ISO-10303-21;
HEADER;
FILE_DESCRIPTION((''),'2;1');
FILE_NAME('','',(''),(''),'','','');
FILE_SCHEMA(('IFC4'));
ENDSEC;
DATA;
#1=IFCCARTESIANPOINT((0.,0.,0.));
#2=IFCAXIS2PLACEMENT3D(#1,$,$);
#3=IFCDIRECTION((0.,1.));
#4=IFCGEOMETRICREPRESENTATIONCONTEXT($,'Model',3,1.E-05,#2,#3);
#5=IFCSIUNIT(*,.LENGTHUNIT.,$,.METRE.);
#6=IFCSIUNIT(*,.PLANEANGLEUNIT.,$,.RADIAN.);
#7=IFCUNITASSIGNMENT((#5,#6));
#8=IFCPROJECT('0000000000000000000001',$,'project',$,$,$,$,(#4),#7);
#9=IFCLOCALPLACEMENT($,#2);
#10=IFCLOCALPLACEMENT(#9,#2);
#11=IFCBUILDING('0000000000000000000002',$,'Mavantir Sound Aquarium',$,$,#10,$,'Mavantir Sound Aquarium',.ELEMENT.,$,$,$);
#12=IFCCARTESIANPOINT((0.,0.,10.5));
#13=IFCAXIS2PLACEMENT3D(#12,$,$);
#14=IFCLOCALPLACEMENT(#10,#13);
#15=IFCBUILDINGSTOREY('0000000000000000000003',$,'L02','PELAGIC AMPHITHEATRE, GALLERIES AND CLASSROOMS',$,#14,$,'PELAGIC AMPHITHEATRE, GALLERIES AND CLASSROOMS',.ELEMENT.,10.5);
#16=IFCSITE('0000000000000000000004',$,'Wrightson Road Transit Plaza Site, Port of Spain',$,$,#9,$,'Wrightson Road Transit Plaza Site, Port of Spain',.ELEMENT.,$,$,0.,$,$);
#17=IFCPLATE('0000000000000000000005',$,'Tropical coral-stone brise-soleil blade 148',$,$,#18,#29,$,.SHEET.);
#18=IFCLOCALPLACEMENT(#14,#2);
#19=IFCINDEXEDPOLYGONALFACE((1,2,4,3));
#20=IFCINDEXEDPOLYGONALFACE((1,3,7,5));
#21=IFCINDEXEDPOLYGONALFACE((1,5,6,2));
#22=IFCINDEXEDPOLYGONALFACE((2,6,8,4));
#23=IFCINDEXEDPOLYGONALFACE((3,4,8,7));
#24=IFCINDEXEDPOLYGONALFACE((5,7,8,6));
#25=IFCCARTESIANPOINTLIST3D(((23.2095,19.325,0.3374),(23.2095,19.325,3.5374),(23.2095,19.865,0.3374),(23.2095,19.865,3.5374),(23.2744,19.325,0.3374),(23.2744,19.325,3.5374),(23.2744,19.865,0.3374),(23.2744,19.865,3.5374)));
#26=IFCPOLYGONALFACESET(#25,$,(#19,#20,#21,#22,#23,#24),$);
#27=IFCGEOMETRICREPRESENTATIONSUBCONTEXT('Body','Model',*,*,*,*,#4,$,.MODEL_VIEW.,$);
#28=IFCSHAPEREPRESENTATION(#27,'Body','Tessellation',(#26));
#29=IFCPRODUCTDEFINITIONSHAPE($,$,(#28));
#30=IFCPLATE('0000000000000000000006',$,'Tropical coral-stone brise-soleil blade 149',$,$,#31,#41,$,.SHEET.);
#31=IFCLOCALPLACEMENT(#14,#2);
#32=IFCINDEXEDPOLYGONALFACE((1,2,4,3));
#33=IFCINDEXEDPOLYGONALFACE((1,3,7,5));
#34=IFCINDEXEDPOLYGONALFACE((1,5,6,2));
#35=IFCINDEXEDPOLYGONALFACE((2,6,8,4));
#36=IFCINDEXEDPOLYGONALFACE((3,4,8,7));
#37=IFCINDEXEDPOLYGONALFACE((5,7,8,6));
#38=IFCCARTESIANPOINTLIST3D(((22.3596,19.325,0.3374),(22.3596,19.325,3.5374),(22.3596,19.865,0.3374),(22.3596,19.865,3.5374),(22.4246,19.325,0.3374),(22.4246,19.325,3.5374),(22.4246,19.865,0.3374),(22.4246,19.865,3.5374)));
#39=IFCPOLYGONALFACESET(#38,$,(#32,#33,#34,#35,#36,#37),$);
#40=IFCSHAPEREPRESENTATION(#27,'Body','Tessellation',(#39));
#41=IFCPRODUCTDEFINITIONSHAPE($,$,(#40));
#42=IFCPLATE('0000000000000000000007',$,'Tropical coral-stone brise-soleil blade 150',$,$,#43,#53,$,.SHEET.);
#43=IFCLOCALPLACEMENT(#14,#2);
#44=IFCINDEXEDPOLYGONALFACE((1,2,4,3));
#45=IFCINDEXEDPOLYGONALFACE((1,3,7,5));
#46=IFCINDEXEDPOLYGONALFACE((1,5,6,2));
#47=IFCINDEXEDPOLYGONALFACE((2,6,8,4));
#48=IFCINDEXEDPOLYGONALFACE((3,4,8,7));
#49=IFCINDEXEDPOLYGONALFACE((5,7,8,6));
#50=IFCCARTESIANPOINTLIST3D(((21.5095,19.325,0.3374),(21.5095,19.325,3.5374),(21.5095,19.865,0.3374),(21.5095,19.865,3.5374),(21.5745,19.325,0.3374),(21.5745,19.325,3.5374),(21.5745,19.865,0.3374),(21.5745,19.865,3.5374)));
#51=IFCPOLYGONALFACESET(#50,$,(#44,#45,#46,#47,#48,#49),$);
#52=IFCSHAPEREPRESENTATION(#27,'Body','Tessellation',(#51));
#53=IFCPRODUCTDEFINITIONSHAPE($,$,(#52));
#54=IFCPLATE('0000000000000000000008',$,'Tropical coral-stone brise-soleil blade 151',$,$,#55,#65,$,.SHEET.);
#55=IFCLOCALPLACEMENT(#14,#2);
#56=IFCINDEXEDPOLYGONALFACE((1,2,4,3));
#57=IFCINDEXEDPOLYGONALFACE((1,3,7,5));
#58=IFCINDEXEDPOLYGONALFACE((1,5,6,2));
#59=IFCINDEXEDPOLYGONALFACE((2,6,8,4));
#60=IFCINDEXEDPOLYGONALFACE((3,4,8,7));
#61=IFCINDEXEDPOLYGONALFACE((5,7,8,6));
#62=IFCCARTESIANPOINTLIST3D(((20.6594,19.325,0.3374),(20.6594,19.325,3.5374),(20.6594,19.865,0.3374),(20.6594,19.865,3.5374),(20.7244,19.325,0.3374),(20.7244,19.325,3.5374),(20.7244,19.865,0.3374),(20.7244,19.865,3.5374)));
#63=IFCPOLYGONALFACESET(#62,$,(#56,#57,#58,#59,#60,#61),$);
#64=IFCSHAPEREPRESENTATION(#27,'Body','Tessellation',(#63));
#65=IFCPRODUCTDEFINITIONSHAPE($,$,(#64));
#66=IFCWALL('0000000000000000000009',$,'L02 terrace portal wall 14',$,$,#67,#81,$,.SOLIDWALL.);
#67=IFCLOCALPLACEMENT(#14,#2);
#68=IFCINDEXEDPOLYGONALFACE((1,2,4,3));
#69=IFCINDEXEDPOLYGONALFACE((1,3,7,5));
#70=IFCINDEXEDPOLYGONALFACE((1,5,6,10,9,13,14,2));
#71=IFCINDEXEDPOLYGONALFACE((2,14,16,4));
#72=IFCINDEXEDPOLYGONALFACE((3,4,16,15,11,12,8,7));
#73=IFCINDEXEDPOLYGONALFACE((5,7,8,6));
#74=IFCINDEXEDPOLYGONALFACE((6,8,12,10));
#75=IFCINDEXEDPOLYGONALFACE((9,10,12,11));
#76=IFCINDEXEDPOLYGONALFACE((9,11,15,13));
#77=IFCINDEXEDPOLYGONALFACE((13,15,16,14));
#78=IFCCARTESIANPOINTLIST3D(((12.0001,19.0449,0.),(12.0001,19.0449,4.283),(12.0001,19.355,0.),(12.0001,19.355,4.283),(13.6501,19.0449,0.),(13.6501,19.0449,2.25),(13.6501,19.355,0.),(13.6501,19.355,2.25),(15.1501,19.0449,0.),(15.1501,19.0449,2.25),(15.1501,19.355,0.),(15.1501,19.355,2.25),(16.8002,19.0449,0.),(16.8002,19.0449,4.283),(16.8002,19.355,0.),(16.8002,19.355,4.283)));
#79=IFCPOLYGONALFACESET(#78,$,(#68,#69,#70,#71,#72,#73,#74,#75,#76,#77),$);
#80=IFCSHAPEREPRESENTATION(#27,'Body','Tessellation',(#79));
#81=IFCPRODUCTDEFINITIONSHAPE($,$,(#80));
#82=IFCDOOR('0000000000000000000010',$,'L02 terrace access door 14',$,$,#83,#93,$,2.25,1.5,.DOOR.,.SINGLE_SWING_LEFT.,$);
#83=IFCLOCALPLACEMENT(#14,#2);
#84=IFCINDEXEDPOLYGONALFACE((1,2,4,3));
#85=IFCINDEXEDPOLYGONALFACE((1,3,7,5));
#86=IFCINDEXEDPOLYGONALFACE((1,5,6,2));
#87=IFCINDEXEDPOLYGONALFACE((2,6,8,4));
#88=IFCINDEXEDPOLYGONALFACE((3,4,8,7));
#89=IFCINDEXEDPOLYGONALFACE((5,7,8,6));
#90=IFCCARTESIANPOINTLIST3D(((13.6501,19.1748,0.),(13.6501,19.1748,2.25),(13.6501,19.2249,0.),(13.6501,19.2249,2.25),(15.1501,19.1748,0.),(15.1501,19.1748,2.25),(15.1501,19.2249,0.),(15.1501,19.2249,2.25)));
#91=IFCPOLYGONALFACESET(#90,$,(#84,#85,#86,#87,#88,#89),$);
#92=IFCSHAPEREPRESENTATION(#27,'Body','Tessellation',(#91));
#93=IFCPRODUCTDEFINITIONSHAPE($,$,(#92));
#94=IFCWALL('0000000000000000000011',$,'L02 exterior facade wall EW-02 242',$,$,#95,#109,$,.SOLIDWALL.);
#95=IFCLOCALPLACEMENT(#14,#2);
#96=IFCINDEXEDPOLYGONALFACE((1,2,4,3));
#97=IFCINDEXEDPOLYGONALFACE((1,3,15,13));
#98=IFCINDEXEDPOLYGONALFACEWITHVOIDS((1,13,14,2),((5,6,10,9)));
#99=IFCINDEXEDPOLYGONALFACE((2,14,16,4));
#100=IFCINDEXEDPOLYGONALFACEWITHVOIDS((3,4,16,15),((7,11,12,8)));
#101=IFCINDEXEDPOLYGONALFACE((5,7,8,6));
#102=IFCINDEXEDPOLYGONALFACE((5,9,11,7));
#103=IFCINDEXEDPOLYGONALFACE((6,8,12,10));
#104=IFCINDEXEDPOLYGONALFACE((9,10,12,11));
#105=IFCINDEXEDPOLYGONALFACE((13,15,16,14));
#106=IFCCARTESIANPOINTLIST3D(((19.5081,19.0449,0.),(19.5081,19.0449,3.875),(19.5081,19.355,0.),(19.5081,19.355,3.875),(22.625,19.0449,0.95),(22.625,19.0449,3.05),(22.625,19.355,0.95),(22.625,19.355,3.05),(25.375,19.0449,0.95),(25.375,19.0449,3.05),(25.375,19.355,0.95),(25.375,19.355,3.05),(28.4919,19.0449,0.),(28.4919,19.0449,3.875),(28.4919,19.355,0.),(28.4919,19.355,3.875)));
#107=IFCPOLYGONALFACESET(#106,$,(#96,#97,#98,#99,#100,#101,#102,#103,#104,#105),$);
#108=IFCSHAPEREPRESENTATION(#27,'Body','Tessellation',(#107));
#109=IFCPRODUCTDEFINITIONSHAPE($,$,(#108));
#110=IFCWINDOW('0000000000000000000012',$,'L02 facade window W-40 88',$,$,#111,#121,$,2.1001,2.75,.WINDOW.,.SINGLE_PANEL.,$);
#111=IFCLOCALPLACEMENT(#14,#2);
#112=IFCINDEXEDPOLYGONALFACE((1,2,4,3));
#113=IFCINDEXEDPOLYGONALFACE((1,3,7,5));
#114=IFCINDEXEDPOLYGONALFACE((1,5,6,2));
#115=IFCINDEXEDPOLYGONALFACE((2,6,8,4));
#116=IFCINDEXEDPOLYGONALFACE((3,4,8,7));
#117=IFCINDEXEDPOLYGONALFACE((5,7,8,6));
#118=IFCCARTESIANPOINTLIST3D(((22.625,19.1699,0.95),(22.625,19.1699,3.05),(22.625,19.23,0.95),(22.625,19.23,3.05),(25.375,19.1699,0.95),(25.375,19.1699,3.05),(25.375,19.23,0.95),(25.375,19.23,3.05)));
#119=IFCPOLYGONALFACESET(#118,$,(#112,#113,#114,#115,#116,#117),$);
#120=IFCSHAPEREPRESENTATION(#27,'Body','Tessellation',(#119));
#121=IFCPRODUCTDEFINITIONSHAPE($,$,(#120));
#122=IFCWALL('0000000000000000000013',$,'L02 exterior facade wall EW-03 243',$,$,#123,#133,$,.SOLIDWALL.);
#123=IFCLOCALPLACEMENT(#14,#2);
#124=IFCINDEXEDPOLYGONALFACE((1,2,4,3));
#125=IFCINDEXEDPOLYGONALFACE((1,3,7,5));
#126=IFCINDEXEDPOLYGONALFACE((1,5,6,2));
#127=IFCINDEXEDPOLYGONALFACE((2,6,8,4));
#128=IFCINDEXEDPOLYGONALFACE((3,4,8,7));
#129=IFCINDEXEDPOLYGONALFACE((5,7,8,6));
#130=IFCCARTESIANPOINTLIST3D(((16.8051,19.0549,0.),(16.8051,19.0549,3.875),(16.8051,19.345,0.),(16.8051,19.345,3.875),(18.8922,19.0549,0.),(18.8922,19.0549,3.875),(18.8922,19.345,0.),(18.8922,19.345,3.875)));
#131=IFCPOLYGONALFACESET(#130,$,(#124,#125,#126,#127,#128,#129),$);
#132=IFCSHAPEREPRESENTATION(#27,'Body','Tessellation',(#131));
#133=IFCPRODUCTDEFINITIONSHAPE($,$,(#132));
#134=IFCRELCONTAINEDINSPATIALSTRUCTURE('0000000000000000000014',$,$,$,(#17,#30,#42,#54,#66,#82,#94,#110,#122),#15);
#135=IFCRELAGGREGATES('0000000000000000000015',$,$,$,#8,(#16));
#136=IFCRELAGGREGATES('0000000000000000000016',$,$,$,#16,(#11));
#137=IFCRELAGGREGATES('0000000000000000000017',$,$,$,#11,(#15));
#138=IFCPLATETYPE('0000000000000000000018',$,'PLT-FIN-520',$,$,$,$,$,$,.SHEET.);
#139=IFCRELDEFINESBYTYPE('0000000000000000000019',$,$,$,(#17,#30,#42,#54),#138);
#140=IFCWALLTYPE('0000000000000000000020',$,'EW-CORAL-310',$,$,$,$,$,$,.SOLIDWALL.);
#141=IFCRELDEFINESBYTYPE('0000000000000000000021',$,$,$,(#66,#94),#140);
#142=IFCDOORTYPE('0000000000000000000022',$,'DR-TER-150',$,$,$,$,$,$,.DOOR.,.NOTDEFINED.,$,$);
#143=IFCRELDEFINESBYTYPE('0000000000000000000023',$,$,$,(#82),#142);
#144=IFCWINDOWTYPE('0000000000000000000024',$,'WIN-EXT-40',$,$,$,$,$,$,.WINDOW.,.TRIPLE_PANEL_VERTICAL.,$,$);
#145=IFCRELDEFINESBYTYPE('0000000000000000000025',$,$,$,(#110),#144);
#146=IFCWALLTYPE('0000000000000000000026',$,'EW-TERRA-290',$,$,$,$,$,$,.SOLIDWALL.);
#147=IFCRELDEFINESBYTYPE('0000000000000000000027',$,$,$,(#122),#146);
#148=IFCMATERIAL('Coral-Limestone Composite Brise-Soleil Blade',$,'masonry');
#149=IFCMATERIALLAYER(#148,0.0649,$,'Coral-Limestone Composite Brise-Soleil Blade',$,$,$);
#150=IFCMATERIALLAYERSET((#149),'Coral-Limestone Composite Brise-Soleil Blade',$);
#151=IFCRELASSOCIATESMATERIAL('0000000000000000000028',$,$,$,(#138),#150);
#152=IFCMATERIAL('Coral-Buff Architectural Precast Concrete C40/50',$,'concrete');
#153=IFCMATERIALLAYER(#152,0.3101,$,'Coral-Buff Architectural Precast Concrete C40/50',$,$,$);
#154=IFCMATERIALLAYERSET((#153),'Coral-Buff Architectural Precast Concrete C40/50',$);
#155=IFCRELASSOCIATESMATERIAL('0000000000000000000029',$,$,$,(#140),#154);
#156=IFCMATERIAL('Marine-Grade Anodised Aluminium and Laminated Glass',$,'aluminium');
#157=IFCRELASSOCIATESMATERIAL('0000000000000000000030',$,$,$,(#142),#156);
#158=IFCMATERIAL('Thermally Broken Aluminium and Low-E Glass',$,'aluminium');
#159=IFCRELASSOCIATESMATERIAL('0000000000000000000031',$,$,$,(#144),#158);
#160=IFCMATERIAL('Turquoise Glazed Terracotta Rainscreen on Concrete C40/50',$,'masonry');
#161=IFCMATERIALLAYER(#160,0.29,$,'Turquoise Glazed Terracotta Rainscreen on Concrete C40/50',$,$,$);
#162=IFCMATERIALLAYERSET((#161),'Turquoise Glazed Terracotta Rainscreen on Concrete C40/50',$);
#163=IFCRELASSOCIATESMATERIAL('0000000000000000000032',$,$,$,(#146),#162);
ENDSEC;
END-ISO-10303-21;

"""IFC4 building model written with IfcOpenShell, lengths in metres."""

from ifc_helpers import new_model, si_unit, direction, frame, frame_2d, origin, origin_2d, place, context, subcontext, project, spatial, rectangle, extrude, material, layer, layer_set, type_object, element, fill, save


model = new_model("IFC4")

# Units and contexts
model_context = context("Model", 3, precision=1e-05, world=origin(), true_north=direction((0.0, 1.0)))
body_context = subcontext(model_context, "Body", "Model", "MODEL_VIEW")
ifc_project = project(units=[si_unit("LENGTHUNIT", "METRE"), si_unit("PLANEANGLEUNIT", "RADIAN")], contexts=[model_context])

# Site, building, storey
site_placement = place(None, origin())
site = spatial("IfcSite", under=ifc_project, at=site_placement, Name="Wrightson Road Transit Plaza Site, Port of Spain", LongName="Wrightson Road Transit Plaza Site, Port of Spain", CompositionType="ELEMENT", RefElevation=0.0)
building_placement = place(site_placement, origin())
building = spatial("IfcBuilding", under=site, at=building_placement, Name="Mavantir Sound Aquarium", LongName="Mavantir Sound Aquarium", CompositionType="ELEMENT")
storey_placement = place(building_placement, frame((0.0, 0.0, 10.5)))
storey = spatial("IfcBuildingStorey", under=building, at=storey_placement, Name="L02", Description="PELAGIC AMPHITHEATRE, GALLERIES AND CLASSROOMS", LongName="PELAGIC AMPHITHEATRE, GALLERIES AND CLASSROOMS", CompositionType="ELEMENT", Elevation=10.5)

# Plates
ifc_material_1 = material(Name="Coral-Limestone Composite Brise-Soleil Blade", Category="masonry")
ifc_layer_1 = layer(ifc_material_1, 0.0649, Name="Coral-Limestone Composite Brise-Soleil Blade")
ifc_layer_set_1 = layer_set([ifc_layer_1], Name="Coral-Limestone Composite Brise-Soleil Blade")
plate_type_1 = type_object("IfcPlateType", Name="PLT-FIN-520", PredefinedType="SHEET", material=ifc_layer_set_1)
for number, where, z_axis, x_axis, name in (
    (1, (23.2419, 19.595, 0.3374), (0.0, 0.0, 1.0), (1.0, 0.0, 0.0), "Tropical coral-stone brise-soleil blade 148"),
    (2, (22.3921, 19.595, 0.3374), (0.0, 0.0, 1.0), (1.0, 0.0, 0.0), "Tropical coral-stone brise-soleil blade 149"),
    (3, (21.542, 19.595, 0.3374), (0.0, 0.0, 1.0), (1.0, 0.0, 0.0), "Tropical coral-stone brise-soleil blade 150"),
    (4, (20.6919, 19.595, 0.3374), (0.0, 0.0, 1.0), (1.0, 0.0, 0.0), "Tropical coral-stone brise-soleil blade 151"),
):
    element("IfcPlate", number, at=place(storey_placement, frame(where, z_axis=z_axis, x_axis=x_axis)), inside=storey, type_object=plate_type_1, Name=name, PredefinedType="SHEET", context=body_context, shape_type="SweptSolid", body=[
        extrude(rectangle(XDim=0.0649, YDim=0.54, at=origin_2d()), origin(), (0.0, 0.0, 1.0), 3.2),
    ])

# Wall, opening, door
ifc_material_2 = material(Name="Coral-Buff Architectural Precast Concrete C40/50", Category="concrete")
ifc_layer_2 = layer(ifc_material_2, 0.3101, Name="Coral-Buff Architectural Precast Concrete C40/50")
ifc_layer_set_2 = layer_set([ifc_layer_2], Name="Coral-Buff Architectural Precast Concrete C40/50")
wall_type_1 = type_object("IfcWallType", Name="EW-CORAL-310", PredefinedType="SOLIDWALL", material=ifc_layer_set_2)
wall_1_placement = place(storey_placement, frame((16.8, 19.2, 0.0), z_axis=(0.0, 0.0, 1.0), x_axis=(-1.0, 0.0, 0.0)))
wall_1 = element("IfcWall", 5, at=wall_1_placement, inside=storey, type_object=wall_type_1, Name="L02 terrace portal wall 14", PredefinedType="SOLIDWALL", context=body_context, shape_type="SweptSolid", body=[
    extrude(rectangle(XDim=4.8, YDim=0.3101, at=frame_2d((2.3999, 0.0))), origin(), (0.0, 0.0, 1.0), 4.283),
])
opening_1_placement = place(wall_1_placement, frame((3.1499, 0.0, 0.0), z_axis=(0.0, 0.0, 1.0), x_axis=(-1.0, 0.0, 0.0)))
opening_1 = element("IfcOpeningElement", 6, at=opening_1_placement, cuts=wall_1, PredefinedType="OPENING", context=body_context, shape_type="SweptSolid", body=[
    extrude(rectangle(XDim=1.5, YDim=2.25, at=frame_2d((0.75, 1.125))), frame((0.0, 0.165, 0.0), z_axis=(0.0, -1.0, 0.0), x_axis=(1.0, 0.0, 0.0)), (0.0, 0.0, 1.0), 0.3301),
])
ifc_material_3 = material(Name="Marine-Grade Anodised Aluminium and Laminated Glass", Category="aluminium")
door_type = type_object("IfcDoorType", Name="DR-TER-150", OperationType="NOTDEFINED", PredefinedType="DOOR", material=ifc_material_3)
door_placement = place(opening_1_placement, origin())
door = element("IfcDoor", 7, at=door_placement, inside=storey, type_object=door_type, Name="L02 terrace access door 14", OperationType="SINGLE_SWING_LEFT", OverallHeight=2.25, OverallWidth=1.5, PredefinedType="DOOR", context=body_context, shape_type="SweptSolid", body=[
    extrude(rectangle(XDim=1.5, YDim=2.25, at=frame_2d((0.75, 1.125))), frame((0.0, 0.0249, 0.0), z_axis=(0.0, -1.0, 0.0), x_axis=(1.0, 0.0, 0.0)), (0.0, 0.0, 1.0), 0.05),
])
fill(opening_1, door)

# Wall, opening, window
wall_2_placement = place(storey_placement, frame((28.4919, 19.2, 0.0), z_axis=(0.0, 0.0, 1.0), x_axis=(-1.0, 0.0, 0.0)))
wall_2 = element("IfcWall", 8, at=wall_2_placement, inside=storey, type_object=wall_type_1, Name="L02 exterior facade wall EW-02 242", PredefinedType="SOLIDWALL", context=body_context, shape_type="SweptSolid", body=[
    extrude(rectangle(XDim=8.9839, YDim=0.3101, at=frame_2d((4.4919, 0.0))), origin(), (0.0, 0.0, 1.0), 3.875),
])
opening_2_placement = place(wall_2_placement, frame((3.1169, 0.0, 0.95)))
opening_2 = element("IfcOpeningElement", 9, at=opening_2_placement, cuts=wall_2, PredefinedType="OPENING", context=body_context, shape_type="SweptSolid", body=[
    extrude(rectangle(XDim=2.75, YDim=2.1001, at=frame_2d((1.375, 1.05))), frame((0.0, 0.165, 0.0), z_axis=(0.0, -1.0, 0.0), x_axis=(1.0, 0.0, 0.0)), (0.0, 0.0, 1.0), 0.3301),
])
ifc_material_4 = material(Name="Thermally Broken Aluminium and Low-E Glass", Category="aluminium")
window_type = type_object("IfcWindowType", Name="WIN-EXT-40", PartitioningType="TRIPLE_PANEL_VERTICAL", PredefinedType="WINDOW", material=ifc_material_4)
window_placement = place(opening_2_placement, origin())
window = element("IfcWindow", 10, at=window_placement, inside=storey, type_object=window_type, Name="L02 facade window W-40 88", OverallHeight=2.1001, OverallWidth=2.75, PartitioningType="SINGLE_PANEL", PredefinedType="WINDOW", context=body_context, shape_type="SweptSolid", body=[
    extrude(rectangle(XDim=2.75, YDim=2.1001, at=frame_2d((1.375, 1.05))), frame((0.0, 0.03, 0.0), z_axis=(0.0, -1.0, 0.0), x_axis=(1.0, 0.0, 0.0)), (0.0, 0.0, 1.0), 0.0601),
])
fill(opening_2, window)

# Wall
ifc_material_5 = material(Name="Turquoise Glazed Terracotta Rainscreen on Concrete C40/50", Category="masonry")
ifc_layer_3 = layer(ifc_material_5, 0.29, Name="Turquoise Glazed Terracotta Rainscreen on Concrete C40/50")
ifc_layer_set_3 = layer_set([ifc_layer_3], Name="Turquoise Glazed Terracotta Rainscreen on Concrete C40/50")
wall_type_2 = type_object("IfcWallType", Name="EW-TERRA-290", PredefinedType="SOLIDWALL", material=ifc_layer_set_3)
wall_3_placement = place(storey_placement, frame((18.8921, 19.2, 0.0), z_axis=(0.0, 0.0, 1.0), x_axis=(-1.0, 0.0, 0.0)))
element("IfcWall", 11, at=wall_3_placement, inside=storey, type_object=wall_type_2, Name="L02 exterior facade wall EW-03 243", PredefinedType="SOLIDWALL", context=body_context, shape_type="SweptSolid", body=[
    extrude(rectangle(XDim=2.0872, YDim=0.29, at=frame_2d((1.0435, 0.0))), origin(), (0.0, 0.0, 1.0), 3.875),
])

save(model, "model.ifc")
